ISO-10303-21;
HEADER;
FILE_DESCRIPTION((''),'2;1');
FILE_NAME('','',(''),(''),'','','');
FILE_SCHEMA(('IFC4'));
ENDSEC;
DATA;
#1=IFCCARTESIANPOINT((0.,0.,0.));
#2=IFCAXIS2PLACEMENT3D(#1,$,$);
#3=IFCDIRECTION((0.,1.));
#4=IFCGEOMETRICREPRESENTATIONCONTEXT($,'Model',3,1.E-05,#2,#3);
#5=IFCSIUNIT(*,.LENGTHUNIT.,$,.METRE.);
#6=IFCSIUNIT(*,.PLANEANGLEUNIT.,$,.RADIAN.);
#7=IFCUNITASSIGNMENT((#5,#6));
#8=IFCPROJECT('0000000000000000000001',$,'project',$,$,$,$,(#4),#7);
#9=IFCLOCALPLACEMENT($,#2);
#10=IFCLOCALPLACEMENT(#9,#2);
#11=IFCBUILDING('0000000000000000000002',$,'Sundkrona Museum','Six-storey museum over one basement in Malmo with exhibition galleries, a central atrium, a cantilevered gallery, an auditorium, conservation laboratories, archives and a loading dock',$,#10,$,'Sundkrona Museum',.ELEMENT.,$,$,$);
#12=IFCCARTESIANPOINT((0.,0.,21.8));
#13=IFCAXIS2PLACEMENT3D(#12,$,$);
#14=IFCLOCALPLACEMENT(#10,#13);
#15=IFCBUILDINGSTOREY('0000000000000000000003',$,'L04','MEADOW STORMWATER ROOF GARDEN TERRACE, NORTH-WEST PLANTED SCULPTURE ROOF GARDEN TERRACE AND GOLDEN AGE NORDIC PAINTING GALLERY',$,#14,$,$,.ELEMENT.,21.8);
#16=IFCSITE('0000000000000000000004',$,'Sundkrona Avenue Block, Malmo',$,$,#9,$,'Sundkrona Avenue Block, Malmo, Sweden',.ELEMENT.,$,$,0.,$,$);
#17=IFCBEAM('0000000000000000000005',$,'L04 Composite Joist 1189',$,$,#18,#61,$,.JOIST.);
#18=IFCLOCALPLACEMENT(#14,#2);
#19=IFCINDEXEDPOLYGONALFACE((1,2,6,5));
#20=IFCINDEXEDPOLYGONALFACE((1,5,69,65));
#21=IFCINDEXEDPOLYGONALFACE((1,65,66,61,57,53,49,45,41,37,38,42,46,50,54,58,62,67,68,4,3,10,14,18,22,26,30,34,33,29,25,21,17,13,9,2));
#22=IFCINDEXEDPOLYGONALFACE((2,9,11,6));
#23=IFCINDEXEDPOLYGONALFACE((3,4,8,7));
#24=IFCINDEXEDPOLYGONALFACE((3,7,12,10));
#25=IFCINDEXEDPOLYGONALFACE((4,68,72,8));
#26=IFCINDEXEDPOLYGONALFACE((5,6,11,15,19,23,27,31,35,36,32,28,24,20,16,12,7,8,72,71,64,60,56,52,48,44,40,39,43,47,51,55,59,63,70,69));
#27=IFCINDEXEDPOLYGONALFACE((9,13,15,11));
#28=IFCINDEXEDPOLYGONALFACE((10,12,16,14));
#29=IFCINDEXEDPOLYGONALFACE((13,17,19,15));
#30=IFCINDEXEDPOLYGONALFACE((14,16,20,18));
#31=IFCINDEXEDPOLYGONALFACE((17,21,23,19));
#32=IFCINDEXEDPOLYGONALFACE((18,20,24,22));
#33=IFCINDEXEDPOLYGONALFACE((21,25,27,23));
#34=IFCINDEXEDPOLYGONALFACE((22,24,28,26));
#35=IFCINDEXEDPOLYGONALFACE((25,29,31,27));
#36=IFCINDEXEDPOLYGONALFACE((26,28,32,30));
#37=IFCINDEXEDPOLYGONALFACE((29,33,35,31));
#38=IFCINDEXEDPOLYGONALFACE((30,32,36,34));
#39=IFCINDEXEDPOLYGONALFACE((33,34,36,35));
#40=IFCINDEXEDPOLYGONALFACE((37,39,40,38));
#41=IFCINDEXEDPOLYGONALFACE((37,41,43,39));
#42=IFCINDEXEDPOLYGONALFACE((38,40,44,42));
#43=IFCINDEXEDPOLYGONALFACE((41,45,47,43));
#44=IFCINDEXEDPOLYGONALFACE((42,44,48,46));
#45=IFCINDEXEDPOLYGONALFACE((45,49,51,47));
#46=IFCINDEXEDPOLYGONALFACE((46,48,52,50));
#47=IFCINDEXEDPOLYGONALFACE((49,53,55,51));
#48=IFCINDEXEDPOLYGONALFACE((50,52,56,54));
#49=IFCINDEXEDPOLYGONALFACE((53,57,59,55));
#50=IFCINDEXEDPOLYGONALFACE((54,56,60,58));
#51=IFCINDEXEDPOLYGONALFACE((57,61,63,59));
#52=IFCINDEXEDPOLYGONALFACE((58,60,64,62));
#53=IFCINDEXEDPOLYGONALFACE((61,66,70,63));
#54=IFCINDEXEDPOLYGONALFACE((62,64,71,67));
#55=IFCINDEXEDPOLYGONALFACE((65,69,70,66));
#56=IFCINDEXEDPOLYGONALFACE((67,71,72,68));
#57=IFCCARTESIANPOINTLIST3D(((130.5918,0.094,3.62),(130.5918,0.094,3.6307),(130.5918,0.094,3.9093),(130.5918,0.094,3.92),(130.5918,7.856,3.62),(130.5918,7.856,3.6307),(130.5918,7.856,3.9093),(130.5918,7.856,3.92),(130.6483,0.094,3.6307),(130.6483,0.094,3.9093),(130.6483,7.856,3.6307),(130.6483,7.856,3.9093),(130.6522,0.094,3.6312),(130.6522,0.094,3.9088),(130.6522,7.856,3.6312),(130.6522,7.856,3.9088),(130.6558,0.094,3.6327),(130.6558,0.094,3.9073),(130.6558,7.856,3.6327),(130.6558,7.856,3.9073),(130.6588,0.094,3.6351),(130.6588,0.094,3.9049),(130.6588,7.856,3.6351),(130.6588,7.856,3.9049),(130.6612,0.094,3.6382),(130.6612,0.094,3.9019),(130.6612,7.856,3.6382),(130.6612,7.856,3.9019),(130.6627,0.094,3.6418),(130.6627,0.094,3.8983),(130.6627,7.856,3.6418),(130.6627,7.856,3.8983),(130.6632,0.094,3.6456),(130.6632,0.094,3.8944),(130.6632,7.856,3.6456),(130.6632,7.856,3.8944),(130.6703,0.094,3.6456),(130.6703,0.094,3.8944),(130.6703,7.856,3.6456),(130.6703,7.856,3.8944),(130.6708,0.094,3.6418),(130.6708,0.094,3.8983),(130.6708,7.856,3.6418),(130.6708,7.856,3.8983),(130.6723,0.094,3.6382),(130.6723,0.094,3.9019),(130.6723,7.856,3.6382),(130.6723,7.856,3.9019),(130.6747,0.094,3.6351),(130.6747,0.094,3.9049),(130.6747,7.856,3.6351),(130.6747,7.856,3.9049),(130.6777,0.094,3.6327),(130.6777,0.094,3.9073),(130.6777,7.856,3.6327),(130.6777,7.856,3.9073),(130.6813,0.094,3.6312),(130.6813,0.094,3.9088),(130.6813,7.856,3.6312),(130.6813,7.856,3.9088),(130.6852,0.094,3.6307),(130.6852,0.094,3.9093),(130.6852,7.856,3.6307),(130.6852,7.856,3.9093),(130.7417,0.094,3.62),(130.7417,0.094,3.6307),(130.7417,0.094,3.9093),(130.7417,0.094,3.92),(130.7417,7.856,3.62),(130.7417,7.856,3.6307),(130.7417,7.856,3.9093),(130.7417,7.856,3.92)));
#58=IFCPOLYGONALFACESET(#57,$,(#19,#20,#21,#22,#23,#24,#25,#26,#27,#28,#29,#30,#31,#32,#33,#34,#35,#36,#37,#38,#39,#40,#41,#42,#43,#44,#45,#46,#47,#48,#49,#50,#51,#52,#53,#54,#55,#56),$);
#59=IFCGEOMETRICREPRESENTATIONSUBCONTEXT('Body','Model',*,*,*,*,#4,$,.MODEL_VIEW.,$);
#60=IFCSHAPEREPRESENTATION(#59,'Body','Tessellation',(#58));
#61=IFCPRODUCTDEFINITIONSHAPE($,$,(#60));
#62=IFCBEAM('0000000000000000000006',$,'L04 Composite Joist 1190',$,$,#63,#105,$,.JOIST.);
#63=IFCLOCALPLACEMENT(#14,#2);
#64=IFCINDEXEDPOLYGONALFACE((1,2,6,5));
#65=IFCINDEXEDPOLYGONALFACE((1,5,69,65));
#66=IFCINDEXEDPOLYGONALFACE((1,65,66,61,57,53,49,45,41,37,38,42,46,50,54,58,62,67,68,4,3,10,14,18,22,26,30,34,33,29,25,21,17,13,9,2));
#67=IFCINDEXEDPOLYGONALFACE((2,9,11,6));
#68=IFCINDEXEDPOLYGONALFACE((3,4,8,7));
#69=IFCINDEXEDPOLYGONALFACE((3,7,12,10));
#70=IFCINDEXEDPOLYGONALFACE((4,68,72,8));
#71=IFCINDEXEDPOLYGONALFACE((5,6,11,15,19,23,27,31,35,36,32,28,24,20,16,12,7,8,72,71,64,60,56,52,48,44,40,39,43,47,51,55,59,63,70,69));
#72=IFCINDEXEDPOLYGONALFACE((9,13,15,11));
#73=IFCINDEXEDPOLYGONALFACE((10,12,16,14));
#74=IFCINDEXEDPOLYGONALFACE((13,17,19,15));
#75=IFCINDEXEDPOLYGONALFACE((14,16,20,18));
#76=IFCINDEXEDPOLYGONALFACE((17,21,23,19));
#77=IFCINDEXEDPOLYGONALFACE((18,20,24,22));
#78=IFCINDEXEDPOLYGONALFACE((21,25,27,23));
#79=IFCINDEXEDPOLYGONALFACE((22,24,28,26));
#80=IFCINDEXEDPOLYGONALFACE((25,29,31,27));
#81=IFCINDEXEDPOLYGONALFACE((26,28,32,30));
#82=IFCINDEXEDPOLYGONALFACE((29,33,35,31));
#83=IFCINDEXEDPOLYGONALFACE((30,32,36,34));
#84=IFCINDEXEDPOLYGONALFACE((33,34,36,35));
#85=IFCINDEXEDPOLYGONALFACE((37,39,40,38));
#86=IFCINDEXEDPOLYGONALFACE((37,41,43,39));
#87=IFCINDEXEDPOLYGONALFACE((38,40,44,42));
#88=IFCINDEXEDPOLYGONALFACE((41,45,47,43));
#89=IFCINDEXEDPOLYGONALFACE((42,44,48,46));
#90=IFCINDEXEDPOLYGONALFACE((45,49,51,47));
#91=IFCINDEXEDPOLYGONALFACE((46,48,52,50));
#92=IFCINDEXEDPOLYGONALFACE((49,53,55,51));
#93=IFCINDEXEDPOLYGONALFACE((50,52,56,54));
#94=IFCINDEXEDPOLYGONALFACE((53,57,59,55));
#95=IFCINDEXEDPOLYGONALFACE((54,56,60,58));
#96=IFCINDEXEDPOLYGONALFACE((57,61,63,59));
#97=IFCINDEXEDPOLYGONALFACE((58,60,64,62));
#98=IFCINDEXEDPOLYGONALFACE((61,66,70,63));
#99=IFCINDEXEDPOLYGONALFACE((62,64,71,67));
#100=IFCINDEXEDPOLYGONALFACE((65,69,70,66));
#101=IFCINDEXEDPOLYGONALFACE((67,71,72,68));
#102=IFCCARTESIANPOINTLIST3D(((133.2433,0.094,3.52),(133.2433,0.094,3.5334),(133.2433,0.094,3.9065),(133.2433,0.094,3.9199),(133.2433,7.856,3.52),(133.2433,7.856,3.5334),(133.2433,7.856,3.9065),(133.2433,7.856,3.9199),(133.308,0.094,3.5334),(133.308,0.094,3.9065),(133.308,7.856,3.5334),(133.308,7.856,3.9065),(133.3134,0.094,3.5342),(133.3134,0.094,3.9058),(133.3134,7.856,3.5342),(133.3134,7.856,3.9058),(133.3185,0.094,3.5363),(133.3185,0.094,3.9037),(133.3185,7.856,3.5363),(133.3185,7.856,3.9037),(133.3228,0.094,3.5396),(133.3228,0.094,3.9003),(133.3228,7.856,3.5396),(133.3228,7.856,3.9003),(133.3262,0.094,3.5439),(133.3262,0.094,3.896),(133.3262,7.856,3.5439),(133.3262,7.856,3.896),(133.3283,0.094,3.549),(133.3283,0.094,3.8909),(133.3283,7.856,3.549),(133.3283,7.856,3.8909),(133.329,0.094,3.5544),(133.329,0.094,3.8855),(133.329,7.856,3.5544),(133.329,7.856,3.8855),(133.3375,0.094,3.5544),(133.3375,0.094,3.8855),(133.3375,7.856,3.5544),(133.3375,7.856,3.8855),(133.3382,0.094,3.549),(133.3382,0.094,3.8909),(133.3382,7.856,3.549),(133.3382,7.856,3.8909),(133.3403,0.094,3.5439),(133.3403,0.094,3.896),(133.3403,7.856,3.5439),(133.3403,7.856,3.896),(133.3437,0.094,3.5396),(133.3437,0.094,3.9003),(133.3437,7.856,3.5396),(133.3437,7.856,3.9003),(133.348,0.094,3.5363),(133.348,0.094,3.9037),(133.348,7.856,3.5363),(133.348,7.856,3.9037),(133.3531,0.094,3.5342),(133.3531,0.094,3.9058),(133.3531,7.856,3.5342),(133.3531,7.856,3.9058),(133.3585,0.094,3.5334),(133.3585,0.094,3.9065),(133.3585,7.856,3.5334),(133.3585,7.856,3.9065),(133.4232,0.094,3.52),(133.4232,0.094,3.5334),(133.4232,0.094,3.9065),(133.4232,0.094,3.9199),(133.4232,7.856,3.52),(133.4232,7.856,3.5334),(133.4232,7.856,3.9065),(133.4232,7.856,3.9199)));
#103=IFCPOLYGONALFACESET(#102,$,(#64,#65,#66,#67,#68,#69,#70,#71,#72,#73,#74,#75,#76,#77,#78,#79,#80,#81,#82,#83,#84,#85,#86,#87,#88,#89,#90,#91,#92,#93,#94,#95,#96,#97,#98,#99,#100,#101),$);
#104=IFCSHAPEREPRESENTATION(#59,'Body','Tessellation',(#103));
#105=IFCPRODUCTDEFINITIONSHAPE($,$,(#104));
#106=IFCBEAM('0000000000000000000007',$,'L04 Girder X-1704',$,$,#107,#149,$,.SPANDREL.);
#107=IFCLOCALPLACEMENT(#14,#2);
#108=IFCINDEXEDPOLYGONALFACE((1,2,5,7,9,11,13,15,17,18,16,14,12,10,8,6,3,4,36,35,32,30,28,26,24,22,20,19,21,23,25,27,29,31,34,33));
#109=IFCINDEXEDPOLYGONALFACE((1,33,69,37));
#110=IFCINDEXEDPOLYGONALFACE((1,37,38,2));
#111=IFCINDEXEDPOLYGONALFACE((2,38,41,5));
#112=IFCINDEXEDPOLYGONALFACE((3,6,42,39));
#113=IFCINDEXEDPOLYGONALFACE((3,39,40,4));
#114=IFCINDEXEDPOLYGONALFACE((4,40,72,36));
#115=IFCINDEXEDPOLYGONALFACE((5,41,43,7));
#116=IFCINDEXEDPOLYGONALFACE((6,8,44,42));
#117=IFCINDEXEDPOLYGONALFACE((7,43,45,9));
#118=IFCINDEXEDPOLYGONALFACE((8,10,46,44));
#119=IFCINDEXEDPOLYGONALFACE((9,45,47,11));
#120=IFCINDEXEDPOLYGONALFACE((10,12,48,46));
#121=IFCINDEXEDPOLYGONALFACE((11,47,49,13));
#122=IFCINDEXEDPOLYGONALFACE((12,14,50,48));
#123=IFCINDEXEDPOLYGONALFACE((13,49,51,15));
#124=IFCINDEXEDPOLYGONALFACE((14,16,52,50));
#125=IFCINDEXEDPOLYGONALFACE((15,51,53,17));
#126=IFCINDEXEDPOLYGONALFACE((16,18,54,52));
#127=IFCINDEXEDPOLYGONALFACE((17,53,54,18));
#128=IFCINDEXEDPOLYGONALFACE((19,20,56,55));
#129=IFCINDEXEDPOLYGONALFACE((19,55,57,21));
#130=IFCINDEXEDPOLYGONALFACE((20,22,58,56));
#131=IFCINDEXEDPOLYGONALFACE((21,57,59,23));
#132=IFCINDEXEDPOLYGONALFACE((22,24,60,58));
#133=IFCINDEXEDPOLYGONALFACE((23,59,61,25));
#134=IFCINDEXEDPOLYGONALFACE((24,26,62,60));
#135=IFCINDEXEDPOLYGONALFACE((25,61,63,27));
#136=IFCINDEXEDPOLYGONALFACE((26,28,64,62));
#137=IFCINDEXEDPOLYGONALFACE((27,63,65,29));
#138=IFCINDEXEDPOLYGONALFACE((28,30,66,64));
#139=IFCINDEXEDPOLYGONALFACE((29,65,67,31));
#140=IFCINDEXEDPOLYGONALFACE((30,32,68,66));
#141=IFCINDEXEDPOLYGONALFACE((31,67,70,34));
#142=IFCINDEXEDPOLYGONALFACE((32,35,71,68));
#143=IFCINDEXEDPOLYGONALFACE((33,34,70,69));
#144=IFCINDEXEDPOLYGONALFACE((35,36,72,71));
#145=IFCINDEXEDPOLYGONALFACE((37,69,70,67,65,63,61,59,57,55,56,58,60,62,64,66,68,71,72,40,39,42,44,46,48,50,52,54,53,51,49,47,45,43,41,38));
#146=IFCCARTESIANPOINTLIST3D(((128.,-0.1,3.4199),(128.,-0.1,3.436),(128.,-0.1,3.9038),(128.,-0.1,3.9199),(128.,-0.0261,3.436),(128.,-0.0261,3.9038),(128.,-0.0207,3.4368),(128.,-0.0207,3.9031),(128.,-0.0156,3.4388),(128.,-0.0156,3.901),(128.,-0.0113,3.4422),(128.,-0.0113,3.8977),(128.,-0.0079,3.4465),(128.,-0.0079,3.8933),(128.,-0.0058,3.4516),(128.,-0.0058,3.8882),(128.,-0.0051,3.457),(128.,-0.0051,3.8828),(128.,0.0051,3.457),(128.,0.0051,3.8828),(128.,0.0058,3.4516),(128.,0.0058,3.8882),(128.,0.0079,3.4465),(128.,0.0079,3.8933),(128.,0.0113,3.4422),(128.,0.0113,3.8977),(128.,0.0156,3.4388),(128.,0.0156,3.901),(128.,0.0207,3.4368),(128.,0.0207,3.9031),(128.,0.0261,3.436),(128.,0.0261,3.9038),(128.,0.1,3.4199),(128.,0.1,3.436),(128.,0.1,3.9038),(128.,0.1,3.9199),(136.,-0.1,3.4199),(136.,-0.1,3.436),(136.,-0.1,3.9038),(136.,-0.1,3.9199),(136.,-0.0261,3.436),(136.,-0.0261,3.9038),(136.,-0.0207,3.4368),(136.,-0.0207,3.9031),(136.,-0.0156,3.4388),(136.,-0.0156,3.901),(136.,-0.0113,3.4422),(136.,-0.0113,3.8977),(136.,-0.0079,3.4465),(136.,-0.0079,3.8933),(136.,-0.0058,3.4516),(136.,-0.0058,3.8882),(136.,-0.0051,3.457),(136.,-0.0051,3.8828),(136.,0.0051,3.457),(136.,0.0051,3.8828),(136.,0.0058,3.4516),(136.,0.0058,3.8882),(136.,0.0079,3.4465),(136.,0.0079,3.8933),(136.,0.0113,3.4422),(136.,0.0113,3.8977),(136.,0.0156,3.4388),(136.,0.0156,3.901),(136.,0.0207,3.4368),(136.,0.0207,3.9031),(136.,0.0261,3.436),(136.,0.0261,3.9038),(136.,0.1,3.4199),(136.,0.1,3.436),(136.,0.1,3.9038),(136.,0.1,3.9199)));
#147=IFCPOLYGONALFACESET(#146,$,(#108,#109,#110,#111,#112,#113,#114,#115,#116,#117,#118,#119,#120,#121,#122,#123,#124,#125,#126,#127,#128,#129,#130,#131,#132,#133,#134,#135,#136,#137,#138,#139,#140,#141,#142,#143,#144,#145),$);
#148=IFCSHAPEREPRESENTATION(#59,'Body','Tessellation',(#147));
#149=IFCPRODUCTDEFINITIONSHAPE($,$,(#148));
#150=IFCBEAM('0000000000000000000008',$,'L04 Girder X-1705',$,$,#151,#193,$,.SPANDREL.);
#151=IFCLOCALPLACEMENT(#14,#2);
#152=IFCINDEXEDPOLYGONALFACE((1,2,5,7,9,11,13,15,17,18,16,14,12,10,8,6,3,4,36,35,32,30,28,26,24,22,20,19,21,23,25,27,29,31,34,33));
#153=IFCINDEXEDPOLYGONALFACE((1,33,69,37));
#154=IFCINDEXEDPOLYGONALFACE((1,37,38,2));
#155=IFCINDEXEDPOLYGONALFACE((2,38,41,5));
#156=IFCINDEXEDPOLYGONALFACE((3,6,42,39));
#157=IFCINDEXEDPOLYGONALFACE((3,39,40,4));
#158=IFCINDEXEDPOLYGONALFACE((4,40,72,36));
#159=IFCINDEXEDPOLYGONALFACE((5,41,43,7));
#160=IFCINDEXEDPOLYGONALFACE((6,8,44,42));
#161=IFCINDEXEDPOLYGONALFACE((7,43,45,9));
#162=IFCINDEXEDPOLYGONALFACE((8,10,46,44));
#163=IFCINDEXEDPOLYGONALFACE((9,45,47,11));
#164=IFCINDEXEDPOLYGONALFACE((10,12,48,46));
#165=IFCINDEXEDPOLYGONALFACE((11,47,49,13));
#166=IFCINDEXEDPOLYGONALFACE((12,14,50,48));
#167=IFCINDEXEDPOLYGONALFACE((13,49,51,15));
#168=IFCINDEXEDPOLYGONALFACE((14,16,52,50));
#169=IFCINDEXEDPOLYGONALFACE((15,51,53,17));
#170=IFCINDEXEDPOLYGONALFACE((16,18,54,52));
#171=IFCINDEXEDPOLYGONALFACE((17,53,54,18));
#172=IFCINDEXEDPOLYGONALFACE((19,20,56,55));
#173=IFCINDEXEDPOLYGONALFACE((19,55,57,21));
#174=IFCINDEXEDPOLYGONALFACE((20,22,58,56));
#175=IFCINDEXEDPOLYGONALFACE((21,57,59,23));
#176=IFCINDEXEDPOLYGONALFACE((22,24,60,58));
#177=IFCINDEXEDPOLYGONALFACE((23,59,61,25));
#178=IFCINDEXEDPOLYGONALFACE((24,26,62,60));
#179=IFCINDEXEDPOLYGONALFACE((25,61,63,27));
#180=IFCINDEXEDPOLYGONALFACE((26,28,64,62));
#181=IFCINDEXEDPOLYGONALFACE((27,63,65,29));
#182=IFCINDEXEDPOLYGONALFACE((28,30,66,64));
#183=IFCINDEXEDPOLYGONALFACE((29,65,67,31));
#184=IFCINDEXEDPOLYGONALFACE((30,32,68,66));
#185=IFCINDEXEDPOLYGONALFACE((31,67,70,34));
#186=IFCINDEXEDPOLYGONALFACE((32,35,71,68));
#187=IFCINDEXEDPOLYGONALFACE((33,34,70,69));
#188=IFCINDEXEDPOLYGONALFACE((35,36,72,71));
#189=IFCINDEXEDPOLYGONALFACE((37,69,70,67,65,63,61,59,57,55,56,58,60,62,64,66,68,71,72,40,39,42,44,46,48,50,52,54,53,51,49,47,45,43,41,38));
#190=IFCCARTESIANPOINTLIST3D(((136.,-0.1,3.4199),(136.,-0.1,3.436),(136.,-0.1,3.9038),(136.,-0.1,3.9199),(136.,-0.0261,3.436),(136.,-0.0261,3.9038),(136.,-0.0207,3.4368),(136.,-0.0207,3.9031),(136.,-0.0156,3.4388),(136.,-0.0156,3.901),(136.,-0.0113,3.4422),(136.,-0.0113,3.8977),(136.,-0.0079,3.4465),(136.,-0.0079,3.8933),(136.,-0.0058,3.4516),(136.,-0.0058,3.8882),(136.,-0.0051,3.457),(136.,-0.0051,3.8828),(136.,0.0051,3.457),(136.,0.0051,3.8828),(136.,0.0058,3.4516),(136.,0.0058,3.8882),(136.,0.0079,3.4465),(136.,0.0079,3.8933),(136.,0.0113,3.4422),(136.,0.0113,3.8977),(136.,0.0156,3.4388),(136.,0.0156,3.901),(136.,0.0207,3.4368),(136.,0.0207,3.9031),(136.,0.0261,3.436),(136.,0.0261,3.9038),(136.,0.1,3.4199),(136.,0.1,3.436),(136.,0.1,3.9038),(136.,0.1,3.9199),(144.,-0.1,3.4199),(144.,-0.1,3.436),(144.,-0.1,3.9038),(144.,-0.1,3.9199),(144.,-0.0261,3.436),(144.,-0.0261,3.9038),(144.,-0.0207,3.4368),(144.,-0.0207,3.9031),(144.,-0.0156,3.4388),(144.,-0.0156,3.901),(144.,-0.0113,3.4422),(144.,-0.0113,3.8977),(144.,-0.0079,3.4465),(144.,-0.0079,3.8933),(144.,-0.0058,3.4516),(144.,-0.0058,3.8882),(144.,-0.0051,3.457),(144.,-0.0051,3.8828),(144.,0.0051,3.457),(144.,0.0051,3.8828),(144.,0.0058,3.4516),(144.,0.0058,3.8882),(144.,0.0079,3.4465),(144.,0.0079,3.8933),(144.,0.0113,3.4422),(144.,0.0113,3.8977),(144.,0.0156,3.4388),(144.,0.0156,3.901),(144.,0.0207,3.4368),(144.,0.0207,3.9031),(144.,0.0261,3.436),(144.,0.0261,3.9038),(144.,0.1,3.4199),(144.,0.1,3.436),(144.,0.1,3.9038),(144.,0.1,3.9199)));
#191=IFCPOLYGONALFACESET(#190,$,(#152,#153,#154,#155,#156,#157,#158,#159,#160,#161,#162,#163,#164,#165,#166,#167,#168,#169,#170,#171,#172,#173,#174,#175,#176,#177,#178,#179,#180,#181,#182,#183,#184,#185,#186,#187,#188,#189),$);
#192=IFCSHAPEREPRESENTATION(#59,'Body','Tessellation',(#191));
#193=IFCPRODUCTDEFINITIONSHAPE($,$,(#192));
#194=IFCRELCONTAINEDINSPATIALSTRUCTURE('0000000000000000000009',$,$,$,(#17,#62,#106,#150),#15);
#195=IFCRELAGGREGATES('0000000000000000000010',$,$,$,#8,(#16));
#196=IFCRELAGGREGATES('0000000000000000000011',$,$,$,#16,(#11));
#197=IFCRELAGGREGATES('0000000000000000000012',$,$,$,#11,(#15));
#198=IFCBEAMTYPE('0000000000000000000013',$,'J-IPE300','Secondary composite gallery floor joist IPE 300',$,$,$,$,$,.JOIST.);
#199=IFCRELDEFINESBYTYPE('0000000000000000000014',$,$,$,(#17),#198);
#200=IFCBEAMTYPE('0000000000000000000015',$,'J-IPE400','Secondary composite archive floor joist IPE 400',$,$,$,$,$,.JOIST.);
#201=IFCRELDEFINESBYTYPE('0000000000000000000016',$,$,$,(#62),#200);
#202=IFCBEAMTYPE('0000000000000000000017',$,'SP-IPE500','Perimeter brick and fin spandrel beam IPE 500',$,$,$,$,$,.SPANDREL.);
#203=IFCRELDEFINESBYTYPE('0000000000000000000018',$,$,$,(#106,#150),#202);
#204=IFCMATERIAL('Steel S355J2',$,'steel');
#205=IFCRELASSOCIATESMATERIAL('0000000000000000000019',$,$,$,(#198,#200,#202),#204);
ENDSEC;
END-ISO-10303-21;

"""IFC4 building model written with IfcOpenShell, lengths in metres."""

from ifc_helpers import new_model, si_unit, direction, frame, origin, origin_2d, place, context, subcontext, project, spatial, i_section, extrude, material, material_profile, profile_set, type_object, element, save


model = new_model("IFC4")

# Units and contexts
model_context = context("Model", 3, precision=1e-05, world=origin(), true_north=direction((0.0, 1.0)))
body_context = subcontext(model_context, "Body", "Model", "MODEL_VIEW")
ifc_project = project(units=[si_unit("LENGTHUNIT", "METRE"), si_unit("PLANEANGLEUNIT", "RADIAN")], contexts=[model_context])

# Site, building, storey
site_placement = place(None, origin())
site = spatial("IfcSite", under=ifc_project, at=site_placement, Name="Sundkrona Avenue Block, Malmo", LongName="Sundkrona Avenue Block, Malmo, Sweden", CompositionType="ELEMENT", RefElevation=0.0)
building_placement = place(site_placement, origin())
building = spatial("IfcBuilding", under=site, at=building_placement, Name="Sundkrona Museum", Description="Six-storey museum over one basement in Malmo with exhibition galleries, a central atrium, a cantilevered gallery, an auditorium, conservation laboratories, archives and a loading dock", LongName="Sundkrona Museum", CompositionType="ELEMENT")
storey_placement = place(building_placement, frame((0.0, 0.0, 21.8)))
storey = spatial("IfcBuildingStorey", under=building, at=storey_placement, Name="L04", Description="MEADOW STORMWATER ROOF GARDEN TERRACE, NORTH-WEST PLANTED SCULPTURE ROOF GARDEN TERRACE AND GOLDEN AGE NORDIC PAINTING GALLERY", CompositionType="ELEMENT", Elevation=21.8)

# Shared definitions
ifc_material_1 = material(Name="Steel S355J2", Category="steel")

# Beams
ifc_material_profile_1 = material_profile(ifc_material_1, i_section(OverallWidth=0.1499, OverallDepth=0.3, WebThickness=0.0071, FlangeThickness=0.0107, FilletRadius=0.0149, at=origin_2d()), Name="IPE 300")
ifc_profile_set_1 = profile_set([ifc_material_profile_1], Name="Steel S355J2")
beam_type_1 = type_object("IfcBeamType", Name="J-IPE300", Description="Secondary composite gallery floor joist IPE 300", PredefinedType="JOIST", material=ifc_profile_set_1)
beam_1_placement = place(storey_placement, frame((130.6667, 0.094, 3.77), z_axis=(0.0, 1.0, 0.0), x_axis=(-1.0, 0.0, 0.0)))
element("IfcBeam", 1, at=beam_1_placement, inside=storey, type_object=beam_type_1, Name="L04 Composite Joist 1189", PredefinedType="JOIST", context=body_context, shape_type="SweptSolid", body=[
    extrude(i_section(OverallWidth=0.1499, OverallDepth=0.3, WebThickness=0.0071, FlangeThickness=0.0107, FilletRadius=0.0149, at=origin_2d()), origin(), (0.0, 0.0, 1.0), 7.762),
])
ifc_material_profile_2 = material_profile(ifc_material_1, i_section(OverallWidth=0.1799, OverallDepth=0.3999, WebThickness=0.0085, FlangeThickness=0.0134, FilletRadius=0.021, at=origin_2d()), Name="IPE 400")
ifc_profile_set_2 = profile_set([ifc_material_profile_2], Name="Steel S355J2")
beam_type_2 = type_object("IfcBeamType", Name="J-IPE400", Description="Secondary composite archive floor joist IPE 400", PredefinedType="JOIST", material=ifc_profile_set_2)
beam_2_placement = place(storey_placement, frame((133.3333, 0.094, 3.72), z_axis=(0.0, 1.0, 0.0), x_axis=(-1.0, 0.0, 0.0)))
element("IfcBeam", 2, at=beam_2_placement, inside=storey, type_object=beam_type_2, Name="L04 Composite Joist 1190", PredefinedType="JOIST", context=body_context, shape_type="SweptSolid", body=[
    extrude(i_section(OverallWidth=0.1799, OverallDepth=0.3999, WebThickness=0.0085, FlangeThickness=0.0134, FilletRadius=0.021, at=origin_2d()), origin(), (0.0, 0.0, 1.0), 7.762),
])
ifc_material_profile_3 = material_profile(ifc_material_1, i_section(OverallWidth=0.2, OverallDepth=0.5, WebThickness=0.0103, FlangeThickness=0.0161, FilletRadius=0.021, at=origin_2d()), Name="IPE 500")
ifc_profile_set_3 = profile_set([ifc_material_profile_3], Name="Steel S355J2")
beam_type_3 = type_object("IfcBeamType", Name="SP-IPE500", Description="Perimeter brick and fin spandrel beam IPE 500", PredefinedType="SPANDREL", material=ifc_profile_set_3)
for number, where, z_axis, x_axis, name in (
    (3, (128.0, 0.0, 3.6699), (1.0, 0.0, 0.0), (0.0, 1.0, 0.0), "L04 Girder X-1704"),
    (4, (136.0, 0.0, 3.6699), (1.0, 0.0, 0.0), (0.0, 1.0, 0.0), "L04 Girder X-1705"),
):
    element("IfcBeam", number, at=place(storey_placement, frame(where, z_axis=z_axis, x_axis=x_axis)), inside=storey, type_object=beam_type_3, Name=name, PredefinedType="SPANDREL", context=body_context, shape_type="SweptSolid", body=[
        extrude(i_section(OverallWidth=0.2, OverallDepth=0.5, WebThickness=0.0103, FlangeThickness=0.0161, FilletRadius=0.021, at=origin_2d()), origin(), (0.0, 0.0, 1.0), 8.0),
    ])

save(model, "model.ifc")
